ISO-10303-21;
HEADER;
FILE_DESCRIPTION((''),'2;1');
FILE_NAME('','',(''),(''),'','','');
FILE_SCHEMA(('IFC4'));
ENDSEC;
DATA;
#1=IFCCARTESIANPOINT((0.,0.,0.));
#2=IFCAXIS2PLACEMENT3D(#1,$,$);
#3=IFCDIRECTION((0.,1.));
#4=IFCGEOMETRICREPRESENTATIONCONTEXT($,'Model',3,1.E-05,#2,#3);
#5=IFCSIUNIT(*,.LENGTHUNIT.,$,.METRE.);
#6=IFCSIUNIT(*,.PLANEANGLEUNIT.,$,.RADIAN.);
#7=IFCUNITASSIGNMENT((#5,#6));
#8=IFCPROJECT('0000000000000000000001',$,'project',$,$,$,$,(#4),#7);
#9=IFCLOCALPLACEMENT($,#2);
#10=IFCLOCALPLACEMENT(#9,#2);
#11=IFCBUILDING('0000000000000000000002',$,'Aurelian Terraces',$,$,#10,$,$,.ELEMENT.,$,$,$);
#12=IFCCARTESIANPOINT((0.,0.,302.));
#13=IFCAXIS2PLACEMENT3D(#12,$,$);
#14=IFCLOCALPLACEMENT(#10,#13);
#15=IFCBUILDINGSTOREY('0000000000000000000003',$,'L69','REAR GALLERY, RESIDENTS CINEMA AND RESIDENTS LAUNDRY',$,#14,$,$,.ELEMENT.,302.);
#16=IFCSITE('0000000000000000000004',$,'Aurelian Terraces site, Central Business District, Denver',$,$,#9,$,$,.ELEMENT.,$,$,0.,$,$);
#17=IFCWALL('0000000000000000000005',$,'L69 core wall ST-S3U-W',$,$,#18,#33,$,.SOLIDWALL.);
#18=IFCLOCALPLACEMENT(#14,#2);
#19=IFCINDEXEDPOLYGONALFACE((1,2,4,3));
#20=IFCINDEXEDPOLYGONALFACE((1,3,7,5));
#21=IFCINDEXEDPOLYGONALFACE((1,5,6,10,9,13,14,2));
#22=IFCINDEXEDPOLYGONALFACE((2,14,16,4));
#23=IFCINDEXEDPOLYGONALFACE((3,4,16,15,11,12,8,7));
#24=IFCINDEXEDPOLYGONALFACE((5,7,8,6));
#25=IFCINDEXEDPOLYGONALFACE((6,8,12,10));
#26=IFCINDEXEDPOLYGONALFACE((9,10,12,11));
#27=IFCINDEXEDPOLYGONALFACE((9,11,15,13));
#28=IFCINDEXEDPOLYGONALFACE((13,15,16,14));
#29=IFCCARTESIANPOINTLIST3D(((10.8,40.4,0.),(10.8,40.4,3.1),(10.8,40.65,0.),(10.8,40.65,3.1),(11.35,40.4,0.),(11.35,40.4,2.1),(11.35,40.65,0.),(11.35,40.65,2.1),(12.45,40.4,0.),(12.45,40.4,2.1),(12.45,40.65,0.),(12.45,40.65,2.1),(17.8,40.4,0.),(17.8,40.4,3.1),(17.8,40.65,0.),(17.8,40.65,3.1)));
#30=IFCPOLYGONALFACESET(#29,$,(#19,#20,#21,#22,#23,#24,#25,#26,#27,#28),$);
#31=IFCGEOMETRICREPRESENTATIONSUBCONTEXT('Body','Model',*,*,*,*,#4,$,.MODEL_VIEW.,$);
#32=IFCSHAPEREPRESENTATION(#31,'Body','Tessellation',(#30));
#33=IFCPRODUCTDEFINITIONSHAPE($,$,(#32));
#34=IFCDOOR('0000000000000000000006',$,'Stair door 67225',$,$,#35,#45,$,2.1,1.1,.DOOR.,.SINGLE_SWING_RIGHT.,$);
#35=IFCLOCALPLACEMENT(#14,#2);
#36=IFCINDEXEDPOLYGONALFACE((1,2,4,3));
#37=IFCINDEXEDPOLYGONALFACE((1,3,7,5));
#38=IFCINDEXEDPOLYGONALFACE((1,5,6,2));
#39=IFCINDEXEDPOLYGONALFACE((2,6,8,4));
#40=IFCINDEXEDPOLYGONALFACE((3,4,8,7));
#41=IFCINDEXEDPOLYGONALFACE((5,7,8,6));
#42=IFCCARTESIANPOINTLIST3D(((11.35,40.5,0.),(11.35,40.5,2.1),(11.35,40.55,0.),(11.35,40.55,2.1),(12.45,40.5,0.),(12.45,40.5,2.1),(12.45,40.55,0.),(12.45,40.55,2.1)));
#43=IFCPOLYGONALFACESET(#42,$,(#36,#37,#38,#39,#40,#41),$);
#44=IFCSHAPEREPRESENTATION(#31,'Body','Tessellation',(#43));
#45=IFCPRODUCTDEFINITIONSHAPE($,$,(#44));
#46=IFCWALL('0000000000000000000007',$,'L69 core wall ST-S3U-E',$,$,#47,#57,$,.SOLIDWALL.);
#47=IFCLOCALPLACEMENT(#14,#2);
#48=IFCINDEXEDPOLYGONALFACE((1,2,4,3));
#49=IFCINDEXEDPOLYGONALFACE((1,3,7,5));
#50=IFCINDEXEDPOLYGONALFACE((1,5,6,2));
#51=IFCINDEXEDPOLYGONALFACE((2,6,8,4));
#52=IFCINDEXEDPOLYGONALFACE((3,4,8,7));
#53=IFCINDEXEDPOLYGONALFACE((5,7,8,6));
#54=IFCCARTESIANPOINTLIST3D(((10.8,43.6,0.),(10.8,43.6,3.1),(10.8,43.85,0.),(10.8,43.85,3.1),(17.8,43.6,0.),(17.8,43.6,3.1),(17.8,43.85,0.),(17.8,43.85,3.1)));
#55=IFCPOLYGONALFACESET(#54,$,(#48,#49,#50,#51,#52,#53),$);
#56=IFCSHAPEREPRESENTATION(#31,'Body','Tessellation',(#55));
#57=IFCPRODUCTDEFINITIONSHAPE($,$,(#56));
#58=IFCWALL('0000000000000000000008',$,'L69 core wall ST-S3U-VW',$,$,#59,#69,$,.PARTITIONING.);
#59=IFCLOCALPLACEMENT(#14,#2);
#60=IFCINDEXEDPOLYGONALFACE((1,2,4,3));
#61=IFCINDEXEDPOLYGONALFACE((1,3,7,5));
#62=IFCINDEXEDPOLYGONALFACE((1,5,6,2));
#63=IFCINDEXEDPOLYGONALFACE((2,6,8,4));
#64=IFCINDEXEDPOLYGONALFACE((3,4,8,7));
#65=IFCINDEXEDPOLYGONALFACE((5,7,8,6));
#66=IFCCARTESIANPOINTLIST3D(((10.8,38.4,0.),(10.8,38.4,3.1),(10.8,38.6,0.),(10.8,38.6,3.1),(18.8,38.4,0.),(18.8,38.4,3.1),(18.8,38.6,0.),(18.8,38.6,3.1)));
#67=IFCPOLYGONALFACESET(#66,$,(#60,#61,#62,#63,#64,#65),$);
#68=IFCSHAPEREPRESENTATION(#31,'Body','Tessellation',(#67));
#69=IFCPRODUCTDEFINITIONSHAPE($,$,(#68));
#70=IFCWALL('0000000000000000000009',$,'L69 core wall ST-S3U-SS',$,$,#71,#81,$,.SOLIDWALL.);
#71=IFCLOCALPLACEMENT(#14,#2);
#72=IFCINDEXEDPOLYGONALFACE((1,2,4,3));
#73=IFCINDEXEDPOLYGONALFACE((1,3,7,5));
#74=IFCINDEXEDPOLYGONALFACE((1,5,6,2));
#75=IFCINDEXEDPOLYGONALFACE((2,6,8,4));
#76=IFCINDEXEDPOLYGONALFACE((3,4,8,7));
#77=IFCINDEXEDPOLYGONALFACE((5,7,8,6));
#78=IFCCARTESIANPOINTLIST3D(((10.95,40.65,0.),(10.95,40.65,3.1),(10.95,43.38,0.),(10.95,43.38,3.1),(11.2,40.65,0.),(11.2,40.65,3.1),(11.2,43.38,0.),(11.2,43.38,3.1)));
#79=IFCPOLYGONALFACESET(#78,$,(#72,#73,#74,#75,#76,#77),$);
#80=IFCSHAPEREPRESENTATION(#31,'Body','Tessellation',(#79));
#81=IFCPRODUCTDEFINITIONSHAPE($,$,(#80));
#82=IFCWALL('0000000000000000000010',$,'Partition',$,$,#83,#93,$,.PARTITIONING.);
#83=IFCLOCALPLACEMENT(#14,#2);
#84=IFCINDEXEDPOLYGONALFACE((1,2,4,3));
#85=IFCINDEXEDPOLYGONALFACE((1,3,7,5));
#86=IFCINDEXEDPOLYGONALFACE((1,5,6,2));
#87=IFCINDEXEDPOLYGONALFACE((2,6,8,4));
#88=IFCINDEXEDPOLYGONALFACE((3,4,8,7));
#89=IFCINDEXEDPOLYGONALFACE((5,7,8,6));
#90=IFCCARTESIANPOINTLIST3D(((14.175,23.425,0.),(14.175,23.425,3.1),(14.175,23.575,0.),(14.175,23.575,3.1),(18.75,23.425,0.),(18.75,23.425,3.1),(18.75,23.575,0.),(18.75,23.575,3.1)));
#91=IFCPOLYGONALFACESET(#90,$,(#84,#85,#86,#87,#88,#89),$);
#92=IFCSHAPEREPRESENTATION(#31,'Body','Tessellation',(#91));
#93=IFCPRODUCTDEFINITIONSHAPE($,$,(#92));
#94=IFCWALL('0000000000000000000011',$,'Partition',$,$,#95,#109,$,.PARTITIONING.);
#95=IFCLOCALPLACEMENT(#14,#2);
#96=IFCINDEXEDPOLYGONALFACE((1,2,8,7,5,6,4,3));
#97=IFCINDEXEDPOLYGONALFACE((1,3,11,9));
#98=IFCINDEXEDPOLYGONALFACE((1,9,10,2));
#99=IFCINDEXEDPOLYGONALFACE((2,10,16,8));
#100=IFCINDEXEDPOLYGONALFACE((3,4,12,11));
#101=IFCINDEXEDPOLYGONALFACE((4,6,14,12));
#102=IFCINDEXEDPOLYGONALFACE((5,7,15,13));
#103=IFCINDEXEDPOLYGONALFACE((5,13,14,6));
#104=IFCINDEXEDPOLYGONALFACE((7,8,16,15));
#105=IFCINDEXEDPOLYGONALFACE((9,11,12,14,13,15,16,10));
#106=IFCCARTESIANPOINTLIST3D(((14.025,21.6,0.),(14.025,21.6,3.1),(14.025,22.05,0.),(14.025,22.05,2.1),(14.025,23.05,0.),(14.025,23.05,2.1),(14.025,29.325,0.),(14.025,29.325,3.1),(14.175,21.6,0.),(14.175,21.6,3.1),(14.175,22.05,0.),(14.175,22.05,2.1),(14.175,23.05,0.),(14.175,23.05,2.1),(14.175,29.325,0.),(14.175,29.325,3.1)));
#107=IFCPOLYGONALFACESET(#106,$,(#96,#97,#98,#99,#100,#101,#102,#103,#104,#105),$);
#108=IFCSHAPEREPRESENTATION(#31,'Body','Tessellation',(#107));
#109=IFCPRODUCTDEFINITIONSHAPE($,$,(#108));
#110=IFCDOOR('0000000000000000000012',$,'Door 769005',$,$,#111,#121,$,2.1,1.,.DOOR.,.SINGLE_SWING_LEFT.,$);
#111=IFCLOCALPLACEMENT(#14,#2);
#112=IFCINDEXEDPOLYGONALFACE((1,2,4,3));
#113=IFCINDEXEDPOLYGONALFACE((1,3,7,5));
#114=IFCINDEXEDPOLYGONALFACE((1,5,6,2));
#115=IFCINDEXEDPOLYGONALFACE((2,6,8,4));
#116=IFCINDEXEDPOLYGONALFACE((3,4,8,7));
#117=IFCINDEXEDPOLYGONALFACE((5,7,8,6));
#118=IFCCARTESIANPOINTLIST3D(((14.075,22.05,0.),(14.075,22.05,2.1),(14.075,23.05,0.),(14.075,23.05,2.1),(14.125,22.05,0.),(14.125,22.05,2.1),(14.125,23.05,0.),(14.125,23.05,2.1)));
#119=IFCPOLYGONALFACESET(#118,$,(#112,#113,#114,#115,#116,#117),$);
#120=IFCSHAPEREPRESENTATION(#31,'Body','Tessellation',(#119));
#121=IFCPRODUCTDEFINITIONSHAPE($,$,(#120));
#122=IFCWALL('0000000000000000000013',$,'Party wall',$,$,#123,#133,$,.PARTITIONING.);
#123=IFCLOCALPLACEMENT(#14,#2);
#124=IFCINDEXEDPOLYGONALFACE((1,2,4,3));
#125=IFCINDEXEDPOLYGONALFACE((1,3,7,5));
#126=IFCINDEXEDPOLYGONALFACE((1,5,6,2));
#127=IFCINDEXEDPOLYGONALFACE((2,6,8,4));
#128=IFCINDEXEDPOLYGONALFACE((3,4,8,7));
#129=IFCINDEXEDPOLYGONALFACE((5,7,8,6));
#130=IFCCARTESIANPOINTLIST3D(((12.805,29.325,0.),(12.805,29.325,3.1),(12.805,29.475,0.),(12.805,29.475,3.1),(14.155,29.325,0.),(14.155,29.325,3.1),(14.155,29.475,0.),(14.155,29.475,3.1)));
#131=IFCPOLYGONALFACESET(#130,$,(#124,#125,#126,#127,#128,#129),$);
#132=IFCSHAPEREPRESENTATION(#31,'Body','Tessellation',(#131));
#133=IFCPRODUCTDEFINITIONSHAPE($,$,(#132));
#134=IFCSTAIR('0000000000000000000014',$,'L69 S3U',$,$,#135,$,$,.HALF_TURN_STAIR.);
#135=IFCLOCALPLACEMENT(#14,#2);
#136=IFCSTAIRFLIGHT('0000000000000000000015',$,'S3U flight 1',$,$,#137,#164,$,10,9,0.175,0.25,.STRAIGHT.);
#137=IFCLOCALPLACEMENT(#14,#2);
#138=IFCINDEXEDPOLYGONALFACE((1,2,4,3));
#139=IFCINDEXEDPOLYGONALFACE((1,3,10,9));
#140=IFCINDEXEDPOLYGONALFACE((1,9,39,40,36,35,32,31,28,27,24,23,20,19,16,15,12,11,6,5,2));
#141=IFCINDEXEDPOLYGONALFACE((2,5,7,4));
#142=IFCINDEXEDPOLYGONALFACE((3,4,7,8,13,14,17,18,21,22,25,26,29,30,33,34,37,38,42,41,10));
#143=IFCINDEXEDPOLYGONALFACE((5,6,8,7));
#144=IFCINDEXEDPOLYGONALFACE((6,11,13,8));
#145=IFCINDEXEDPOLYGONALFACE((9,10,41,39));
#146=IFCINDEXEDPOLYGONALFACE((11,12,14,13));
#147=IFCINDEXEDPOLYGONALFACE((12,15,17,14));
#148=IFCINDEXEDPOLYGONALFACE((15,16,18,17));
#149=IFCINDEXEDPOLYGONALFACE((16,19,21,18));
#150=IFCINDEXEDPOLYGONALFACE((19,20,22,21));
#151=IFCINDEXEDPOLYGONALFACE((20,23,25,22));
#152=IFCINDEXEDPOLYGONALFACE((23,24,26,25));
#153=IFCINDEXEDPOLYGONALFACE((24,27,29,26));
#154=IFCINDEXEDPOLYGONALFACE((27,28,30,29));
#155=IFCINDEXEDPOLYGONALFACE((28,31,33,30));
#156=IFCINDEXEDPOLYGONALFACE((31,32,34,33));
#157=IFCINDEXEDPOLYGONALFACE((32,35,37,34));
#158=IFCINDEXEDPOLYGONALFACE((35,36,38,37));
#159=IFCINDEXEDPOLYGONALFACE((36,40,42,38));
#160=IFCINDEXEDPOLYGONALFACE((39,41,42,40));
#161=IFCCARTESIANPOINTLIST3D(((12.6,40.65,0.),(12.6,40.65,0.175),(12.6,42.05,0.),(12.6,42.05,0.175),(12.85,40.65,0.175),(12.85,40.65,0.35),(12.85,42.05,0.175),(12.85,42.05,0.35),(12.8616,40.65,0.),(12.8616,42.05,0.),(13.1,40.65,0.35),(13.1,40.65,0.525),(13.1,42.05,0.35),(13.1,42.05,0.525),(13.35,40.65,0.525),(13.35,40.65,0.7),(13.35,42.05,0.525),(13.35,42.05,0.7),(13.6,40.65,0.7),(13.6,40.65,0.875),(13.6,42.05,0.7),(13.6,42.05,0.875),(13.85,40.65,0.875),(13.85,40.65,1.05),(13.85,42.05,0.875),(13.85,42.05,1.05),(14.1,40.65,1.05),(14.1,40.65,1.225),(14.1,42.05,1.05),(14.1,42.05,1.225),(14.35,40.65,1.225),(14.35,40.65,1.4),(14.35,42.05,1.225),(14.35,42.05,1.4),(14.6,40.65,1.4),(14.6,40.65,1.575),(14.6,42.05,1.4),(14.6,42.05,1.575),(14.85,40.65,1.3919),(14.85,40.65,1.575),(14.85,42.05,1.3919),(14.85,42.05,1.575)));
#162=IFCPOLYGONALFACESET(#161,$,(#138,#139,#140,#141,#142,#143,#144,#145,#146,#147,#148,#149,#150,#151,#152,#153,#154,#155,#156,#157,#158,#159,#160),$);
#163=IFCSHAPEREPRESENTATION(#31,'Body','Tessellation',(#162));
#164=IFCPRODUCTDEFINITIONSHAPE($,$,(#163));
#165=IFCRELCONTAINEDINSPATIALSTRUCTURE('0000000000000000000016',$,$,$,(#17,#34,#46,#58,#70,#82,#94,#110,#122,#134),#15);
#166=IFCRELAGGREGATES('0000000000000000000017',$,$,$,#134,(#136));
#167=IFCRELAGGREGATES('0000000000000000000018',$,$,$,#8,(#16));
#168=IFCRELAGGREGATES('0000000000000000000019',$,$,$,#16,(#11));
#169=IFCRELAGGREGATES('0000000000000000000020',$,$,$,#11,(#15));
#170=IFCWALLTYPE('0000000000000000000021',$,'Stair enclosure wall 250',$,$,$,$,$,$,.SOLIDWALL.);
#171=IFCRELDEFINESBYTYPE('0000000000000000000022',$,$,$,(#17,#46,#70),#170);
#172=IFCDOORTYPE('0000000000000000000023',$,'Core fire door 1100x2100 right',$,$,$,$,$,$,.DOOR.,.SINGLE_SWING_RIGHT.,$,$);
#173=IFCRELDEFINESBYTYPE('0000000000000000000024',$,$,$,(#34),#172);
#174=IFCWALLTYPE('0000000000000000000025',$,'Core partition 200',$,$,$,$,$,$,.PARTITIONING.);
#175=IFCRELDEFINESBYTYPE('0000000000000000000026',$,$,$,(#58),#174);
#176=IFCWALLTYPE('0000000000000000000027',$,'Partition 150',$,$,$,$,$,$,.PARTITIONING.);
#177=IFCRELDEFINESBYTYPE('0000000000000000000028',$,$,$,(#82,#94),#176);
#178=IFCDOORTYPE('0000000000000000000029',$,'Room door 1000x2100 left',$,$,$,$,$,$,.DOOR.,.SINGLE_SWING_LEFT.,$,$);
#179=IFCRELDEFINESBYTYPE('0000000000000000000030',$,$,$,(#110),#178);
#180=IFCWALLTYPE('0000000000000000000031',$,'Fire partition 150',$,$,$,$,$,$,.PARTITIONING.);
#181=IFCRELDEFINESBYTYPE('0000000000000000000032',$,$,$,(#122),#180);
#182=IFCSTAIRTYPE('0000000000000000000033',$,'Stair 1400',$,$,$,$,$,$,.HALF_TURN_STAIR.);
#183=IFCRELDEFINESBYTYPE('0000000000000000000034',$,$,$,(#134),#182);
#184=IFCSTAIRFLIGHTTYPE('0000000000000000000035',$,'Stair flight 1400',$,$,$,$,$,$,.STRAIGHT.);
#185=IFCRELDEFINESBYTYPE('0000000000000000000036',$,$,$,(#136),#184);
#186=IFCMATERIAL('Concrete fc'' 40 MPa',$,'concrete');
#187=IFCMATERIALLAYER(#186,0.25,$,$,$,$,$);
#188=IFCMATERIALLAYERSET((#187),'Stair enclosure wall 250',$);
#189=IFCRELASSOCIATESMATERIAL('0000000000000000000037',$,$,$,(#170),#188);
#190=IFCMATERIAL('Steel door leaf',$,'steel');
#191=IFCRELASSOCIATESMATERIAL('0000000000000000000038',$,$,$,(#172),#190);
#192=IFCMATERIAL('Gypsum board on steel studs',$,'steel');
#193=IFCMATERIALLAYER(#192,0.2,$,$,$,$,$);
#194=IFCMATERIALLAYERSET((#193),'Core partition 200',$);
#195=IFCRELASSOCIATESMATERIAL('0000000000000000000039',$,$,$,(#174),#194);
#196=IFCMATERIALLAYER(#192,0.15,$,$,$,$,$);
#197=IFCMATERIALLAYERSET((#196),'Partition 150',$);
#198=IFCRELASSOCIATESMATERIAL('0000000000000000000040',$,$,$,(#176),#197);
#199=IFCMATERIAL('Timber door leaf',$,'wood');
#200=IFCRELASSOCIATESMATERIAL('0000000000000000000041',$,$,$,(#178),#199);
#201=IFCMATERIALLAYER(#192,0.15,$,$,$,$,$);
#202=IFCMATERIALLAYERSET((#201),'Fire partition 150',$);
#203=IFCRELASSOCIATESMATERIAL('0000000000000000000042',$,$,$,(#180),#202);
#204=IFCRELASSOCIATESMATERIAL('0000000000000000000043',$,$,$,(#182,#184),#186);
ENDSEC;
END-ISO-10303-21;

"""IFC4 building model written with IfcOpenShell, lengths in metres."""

from ifc_helpers import new_model, si_unit, direction, frame, frame_2d, origin, place, context, subcontext, project, spatial, polyline, rectangle, outline, extrude, source, transform, mapped, material, layer, layer_set, type_object, element, fill, aggregate, save


model = new_model("IFC4")

# Units and contexts
model_context = context("Model", 3, precision=1e-05, world=origin(), true_north=direction((0.0, 1.0)))
body_context = subcontext(model_context, "Body", "Model", "MODEL_VIEW")
ifc_project = project(units=[si_unit("LENGTHUNIT", "METRE"), si_unit("PLANEANGLEUNIT", "RADIAN")], contexts=[model_context])

# Site, building, storey
site_placement = place(None, origin())
site = spatial("IfcSite", under=ifc_project, at=site_placement, Name="Aurelian Terraces site, Central Business District, Denver", CompositionType="ELEMENT", RefElevation=0.0)
building_placement = place(site_placement, origin())
building = spatial("IfcBuilding", under=site, at=building_placement, Name="Aurelian Terraces", CompositionType="ELEMENT")
storey_placement = place(building_placement, frame((0.0, 0.0, 302.0)))
storey = spatial("IfcBuildingStorey", under=building, at=storey_placement, Name="L69", Description="REAR GALLERY, RESIDENTS CINEMA AND RESIDENTS LAUNDRY", CompositionType="ELEMENT", Elevation=302.0)

# Shared definitions
ifc_material_1 = material(Name="Concrete fc' 40 MPa", Category="concrete")

# Wall, opening, door
ifc_layer_1 = layer(ifc_material_1, 0.25)
ifc_layer_set_1 = layer_set([ifc_layer_1], Name="Stair enclosure wall 250")
wall_type_1 = type_object("IfcWallType", Name="Stair enclosure wall 250", PredefinedType="SOLIDWALL", material=ifc_layer_set_1)
shared_shape_1 = source(origin(), body_context, "Body", "SweptSolid", [
    extrude(rectangle(XDim=7.0, YDim=0.25, at=frame_2d((3.5, 0.0))), origin(), (0.0, 0.0, 1.0), 3.1),
])
wall_1_placement = place(storey_placement, frame((10.8, 40.525, 0.0), z_axis=(0.0, 0.0, 1.0), x_axis=(1.0, 0.0, 0.0)))
wall_1 = element("IfcWall", 1, at=wall_1_placement, inside=storey, type_object=wall_type_1, Name="L69 core wall ST-S3U-W", PredefinedType="SOLIDWALL", context=body_context, shape_type="MappedRepresentation", body=[
    mapped(shared_shape_1, transform((0.0, 0.0, 0.0), scale=1.0)),
])
shared_shape_2 = source(origin(), body_context, "Body", "SweptSolid", [
    extrude(rectangle(XDim=1.1, YDim=2.1, at=frame_2d((0.55, 1.05))), frame((0.0, 0.135, 0.0), z_axis=(0.0, -1.0, 0.0), x_axis=(1.0, 0.0, 0.0)), (0.0, 0.0, 1.0), 0.27),
])
opening_1_placement = place(wall_1_placement, frame((0.55, 0.0, 0.0)))
opening_1 = element("IfcOpeningElement", 2, at=opening_1_placement, cuts=wall_1, PredefinedType="OPENING", context=body_context, shape_type="MappedRepresentation", body=[
    mapped(shared_shape_2, transform((0.0, 0.0, 0.0), scale=1.0)),
])
ifc_material_2 = material(Name="Steel door leaf", Category="steel")
door_type_1 = type_object("IfcDoorType", Name="Core fire door 1100x2100 right", OperationType="SINGLE_SWING_RIGHT", PredefinedType="DOOR", material=ifc_material_2)
shared_shape_3 = source(origin(), body_context, "Body", "SweptSolid", [
    extrude(rectangle(XDim=1.1, YDim=2.1, at=frame_2d((0.55, 1.05))), frame((0.0, 0.025, 0.0), z_axis=(0.0, -1.0, 0.0), x_axis=(1.0, 0.0, 0.0)), (0.0, 0.0, 1.0), 0.05),
])
door_1_placement = place(opening_1_placement, origin())
door_1 = element("IfcDoor", 3, at=door_1_placement, inside=storey, type_object=door_type_1, Name="Stair door 67225", OperationType="SINGLE_SWING_RIGHT", OverallHeight=2.1, OverallWidth=1.1, PredefinedType="DOOR", context=body_context, shape_type="MappedRepresentation", body=[
    mapped(shared_shape_3, transform((0.0, 0.0, 0.0), scale=1.0)),
])
fill(opening_1, door_1)

# Walls
wall_2_placement = place(storey_placement, frame((10.8, 43.725, 0.0), z_axis=(0.0, 0.0, 1.0), x_axis=(1.0, 0.0, 0.0)))
element("IfcWall", 4, at=wall_2_placement, inside=storey, type_object=wall_type_1, Name="L69 core wall ST-S3U-E", PredefinedType="SOLIDWALL", context=body_context, shape_type="MappedRepresentation", body=[
    mapped(shared_shape_1, transform((0.0, 0.0, 0.0), scale=1.0)),
])
ifc_material_3 = material(Name="Gypsum board on steel studs", Category="steel")
ifc_layer_2 = layer(ifc_material_3, 0.2)
ifc_layer_set_2 = layer_set([ifc_layer_2], Name="Core partition 200")
wall_type_2 = type_object("IfcWallType", Name="Core partition 200", PredefinedType="PARTITIONING", material=ifc_layer_set_2)
shared_shape_4 = source(origin(), body_context, "Body", "SweptSolid", [
    extrude(rectangle(XDim=8.0, YDim=0.2, at=frame_2d((4.0, 0.0))), origin(), (0.0, 0.0, 1.0), 3.1),
])
wall_3_placement = place(storey_placement, frame((10.8, 38.5, 0.0), z_axis=(0.0, 0.0, 1.0), x_axis=(1.0, 0.0, 0.0)))
element("IfcWall", 5, at=wall_3_placement, inside=storey, type_object=wall_type_2, Name="L69 core wall ST-S3U-VW", PredefinedType="PARTITIONING", context=body_context, shape_type="MappedRepresentation", body=[
    mapped(shared_shape_4, transform((0.0, 0.0, 0.0), scale=1.0)),
])
shared_shape_5 = source(origin(), body_context, "Body", "SweptSolid", [
    extrude(rectangle(XDim=2.73, YDim=0.25, at=frame_2d((1.365, 0.0))), origin(), (0.0, 0.0, 1.0), 3.1),
])
wall_4_placement = place(storey_placement, frame((11.075, 40.65, 0.0), z_axis=(0.0, 0.0, 1.0), x_axis=(0.0, 1.0, 0.0)))
element("IfcWall", 6, at=wall_4_placement, inside=storey, type_object=wall_type_1, Name="L69 core wall ST-S3U-SS", PredefinedType="SOLIDWALL", context=body_context, shape_type="MappedRepresentation", body=[
    mapped(shared_shape_5, transform((0.0, 0.0, 0.0), scale=1.0)),
])
ifc_layer_3 = layer(ifc_material_3, 0.15)
ifc_layer_set_3 = layer_set([ifc_layer_3], Name="Partition 150")
wall_type_3 = type_object("IfcWallType", Name="Partition 150", PredefinedType="PARTITIONING", material=ifc_layer_set_3)
shared_shape_6 = source(origin(), body_context, "Body", "SweptSolid", [
    extrude(rectangle(XDim=4.575, YDim=0.15, at=frame_2d((2.2875, 0.0))), origin(), (0.0, 0.0, 1.0), 3.1),
])
wall_5_placement = place(storey_placement, frame((14.175, 23.5, 0.0), z_axis=(0.0, 0.0, 1.0), x_axis=(1.0, 0.0, 0.0)))
element("IfcWall", 7, at=wall_5_placement, inside=storey, type_object=wall_type_3, Name="Partition", PredefinedType="PARTITIONING", context=body_context, shape_type="MappedRepresentation", body=[
    mapped(shared_shape_6, transform((0.0, 0.0, 0.0), scale=1.0)),
])

# Wall, opening, door
shared_shape_7 = source(origin(), body_context, "Body", "SweptSolid", [
    extrude(rectangle(XDim=7.725, YDim=0.15, at=frame_2d((3.8625, 0.0))), origin(), (0.0, 0.0, 1.0), 3.1),
])
wall_6_placement = place(storey_placement, frame((14.1, 29.325, 0.0), z_axis=(0.0, 0.0, 1.0), x_axis=(0.0, -1.0, 0.0)))
wall_6 = element("IfcWall", 8, at=wall_6_placement, inside=storey, type_object=wall_type_3, Name="Partition", PredefinedType="PARTITIONING", context=body_context, shape_type="MappedRepresentation", body=[
    mapped(shared_shape_7, transform((0.0, 0.0, 0.0), scale=1.0)),
])
shared_shape_8 = source(origin(), body_context, "Body", "SweptSolid", [
    extrude(rectangle(XDim=1.0, YDim=2.1, at=frame_2d((0.5, 1.05))), frame((0.0, 0.085, 0.0), z_axis=(0.0, -1.0, 0.0), x_axis=(1.0, 0.0, 0.0)), (0.0, 0.0, 1.0), 0.17),
])
opening_2_placement = place(wall_6_placement, frame((6.275, 0.0, 0.0)))
opening_2 = element("IfcOpeningElement", 9, at=opening_2_placement, cuts=wall_6, PredefinedType="OPENING", context=body_context, shape_type="MappedRepresentation", body=[
    mapped(shared_shape_8, transform((0.0, 0.0, 0.0), scale=1.0)),
])
ifc_material_4 = material(Name="Timber door leaf", Category="wood")
door_type_2 = type_object("IfcDoorType", Name="Room door 1000x2100 left", OperationType="SINGLE_SWING_LEFT", PredefinedType="DOOR", material=ifc_material_4)
shared_shape_9 = source(origin(), body_context, "Body", "SweptSolid", [
    extrude(rectangle(XDim=1.0, YDim=2.1, at=frame_2d((0.5, 1.05))), frame((0.0, 0.025, 0.0), z_axis=(0.0, -1.0, 0.0), x_axis=(1.0, 0.0, 0.0)), (0.0, 0.0, 1.0), 0.05),
])
door_2_placement = place(opening_2_placement, origin())
door_2 = element("IfcDoor", 10, at=door_2_placement, inside=storey, type_object=door_type_2, Name="Door 769005", OperationType="SINGLE_SWING_LEFT", OverallHeight=2.1, OverallWidth=1.0, PredefinedType="DOOR", context=body_context, shape_type="MappedRepresentation", body=[
    mapped(shared_shape_9, transform((0.0, 0.0, 0.0), scale=1.0)),
])
fill(opening_2, door_2)

# Wall
ifc_layer_4 = layer(ifc_material_3, 0.15)
ifc_layer_set_4 = layer_set([ifc_layer_4], Name="Fire partition 150")
wall_type_4 = type_object("IfcWallType", Name="Fire partition 150", PredefinedType="PARTITIONING", material=ifc_layer_set_4)
shared_shape_10 = source(origin(), body_context, "Body", "SweptSolid", [
    extrude(rectangle(XDim=1.35, YDim=0.15, at=frame_2d((0.675, 0.0))), origin(), (0.0, 0.0, 1.0), 3.1),
])
wall_7_placement = place(storey_placement, frame((14.155, 29.4, 0.0), z_axis=(0.0, 0.0, 1.0), x_axis=(-1.0, 0.0, 0.0)))
element("IfcWall", 11, at=wall_7_placement, inside=storey, type_object=wall_type_4, Name="Party wall", PredefinedType="PARTITIONING", context=body_context, shape_type="MappedRepresentation", body=[
    mapped(shared_shape_10, transform((0.0, 0.0, 0.0), scale=1.0)),
])

# Stair, stair flight
stair_type = type_object("IfcStairType", Name="Stair 1400", PredefinedType="HALF_TURN_STAIR", material=ifc_material_1)
stair_placement = place(storey_placement, origin())
stair = element("IfcStair", 12, at=stair_placement, inside=storey, type_object=stair_type, Name="L69 S3U", PredefinedType="HALF_TURN_STAIR")
stair_flight_type = type_object("IfcStairFlightType", Name="Stair flight 1400", PredefinedType="STRAIGHT", material=ifc_material_1)
shared_shape_11 = source(origin(), body_context, "Body", "SweptSolid", [
    extrude(outline(polyline([(0.0, 0.0), (0.0, 0.175), (0.25, 0.175), (0.25, 0.35), (0.5, 0.35), (0.5, 0.525), (0.75, 0.525), (0.75, 0.7), (1.0, 0.7), (1.0, 0.875), (1.25, 0.875), (1.25, 1.05), (1.5, 1.05), (1.5, 1.225), (1.75, 1.225), (1.75, 1.4), (2.0, 1.4), (2.0, 1.575), (2.25, 1.575), (2.25, 1.75), (2.25, 1.3919), (0.2616, 0.0), (0.0, 0.0)])), frame((0.0, 0.7, 0.0), z_axis=(0.0, -1.0, 0.0), x_axis=(1.0, 0.0, 0.0)), (0.0, 0.0, 1.0), 1.4),
])
stair_flight_placement = place(storey_placement, frame((12.6, 41.35, 0.0), z_axis=(0.0, 0.0, 1.0), x_axis=(1.0, 0.0, 0.0)))
stair_flight = element("IfcStairFlight", 13, at=stair_flight_placement, type_object=stair_flight_type, Name="S3U flight 1", NumberOfRisers=10, NumberOfTreads=9, PredefinedType="STRAIGHT", RiserHeight=0.175, TreadLength=0.25, context=body_context, shape_type="MappedRepresentation", body=[
    mapped(shared_shape_11, transform((0.0, 0.0, 0.0), scale=1.0)),
])
aggregate(stair, [stair_flight])

save(model, "model.ifc")
